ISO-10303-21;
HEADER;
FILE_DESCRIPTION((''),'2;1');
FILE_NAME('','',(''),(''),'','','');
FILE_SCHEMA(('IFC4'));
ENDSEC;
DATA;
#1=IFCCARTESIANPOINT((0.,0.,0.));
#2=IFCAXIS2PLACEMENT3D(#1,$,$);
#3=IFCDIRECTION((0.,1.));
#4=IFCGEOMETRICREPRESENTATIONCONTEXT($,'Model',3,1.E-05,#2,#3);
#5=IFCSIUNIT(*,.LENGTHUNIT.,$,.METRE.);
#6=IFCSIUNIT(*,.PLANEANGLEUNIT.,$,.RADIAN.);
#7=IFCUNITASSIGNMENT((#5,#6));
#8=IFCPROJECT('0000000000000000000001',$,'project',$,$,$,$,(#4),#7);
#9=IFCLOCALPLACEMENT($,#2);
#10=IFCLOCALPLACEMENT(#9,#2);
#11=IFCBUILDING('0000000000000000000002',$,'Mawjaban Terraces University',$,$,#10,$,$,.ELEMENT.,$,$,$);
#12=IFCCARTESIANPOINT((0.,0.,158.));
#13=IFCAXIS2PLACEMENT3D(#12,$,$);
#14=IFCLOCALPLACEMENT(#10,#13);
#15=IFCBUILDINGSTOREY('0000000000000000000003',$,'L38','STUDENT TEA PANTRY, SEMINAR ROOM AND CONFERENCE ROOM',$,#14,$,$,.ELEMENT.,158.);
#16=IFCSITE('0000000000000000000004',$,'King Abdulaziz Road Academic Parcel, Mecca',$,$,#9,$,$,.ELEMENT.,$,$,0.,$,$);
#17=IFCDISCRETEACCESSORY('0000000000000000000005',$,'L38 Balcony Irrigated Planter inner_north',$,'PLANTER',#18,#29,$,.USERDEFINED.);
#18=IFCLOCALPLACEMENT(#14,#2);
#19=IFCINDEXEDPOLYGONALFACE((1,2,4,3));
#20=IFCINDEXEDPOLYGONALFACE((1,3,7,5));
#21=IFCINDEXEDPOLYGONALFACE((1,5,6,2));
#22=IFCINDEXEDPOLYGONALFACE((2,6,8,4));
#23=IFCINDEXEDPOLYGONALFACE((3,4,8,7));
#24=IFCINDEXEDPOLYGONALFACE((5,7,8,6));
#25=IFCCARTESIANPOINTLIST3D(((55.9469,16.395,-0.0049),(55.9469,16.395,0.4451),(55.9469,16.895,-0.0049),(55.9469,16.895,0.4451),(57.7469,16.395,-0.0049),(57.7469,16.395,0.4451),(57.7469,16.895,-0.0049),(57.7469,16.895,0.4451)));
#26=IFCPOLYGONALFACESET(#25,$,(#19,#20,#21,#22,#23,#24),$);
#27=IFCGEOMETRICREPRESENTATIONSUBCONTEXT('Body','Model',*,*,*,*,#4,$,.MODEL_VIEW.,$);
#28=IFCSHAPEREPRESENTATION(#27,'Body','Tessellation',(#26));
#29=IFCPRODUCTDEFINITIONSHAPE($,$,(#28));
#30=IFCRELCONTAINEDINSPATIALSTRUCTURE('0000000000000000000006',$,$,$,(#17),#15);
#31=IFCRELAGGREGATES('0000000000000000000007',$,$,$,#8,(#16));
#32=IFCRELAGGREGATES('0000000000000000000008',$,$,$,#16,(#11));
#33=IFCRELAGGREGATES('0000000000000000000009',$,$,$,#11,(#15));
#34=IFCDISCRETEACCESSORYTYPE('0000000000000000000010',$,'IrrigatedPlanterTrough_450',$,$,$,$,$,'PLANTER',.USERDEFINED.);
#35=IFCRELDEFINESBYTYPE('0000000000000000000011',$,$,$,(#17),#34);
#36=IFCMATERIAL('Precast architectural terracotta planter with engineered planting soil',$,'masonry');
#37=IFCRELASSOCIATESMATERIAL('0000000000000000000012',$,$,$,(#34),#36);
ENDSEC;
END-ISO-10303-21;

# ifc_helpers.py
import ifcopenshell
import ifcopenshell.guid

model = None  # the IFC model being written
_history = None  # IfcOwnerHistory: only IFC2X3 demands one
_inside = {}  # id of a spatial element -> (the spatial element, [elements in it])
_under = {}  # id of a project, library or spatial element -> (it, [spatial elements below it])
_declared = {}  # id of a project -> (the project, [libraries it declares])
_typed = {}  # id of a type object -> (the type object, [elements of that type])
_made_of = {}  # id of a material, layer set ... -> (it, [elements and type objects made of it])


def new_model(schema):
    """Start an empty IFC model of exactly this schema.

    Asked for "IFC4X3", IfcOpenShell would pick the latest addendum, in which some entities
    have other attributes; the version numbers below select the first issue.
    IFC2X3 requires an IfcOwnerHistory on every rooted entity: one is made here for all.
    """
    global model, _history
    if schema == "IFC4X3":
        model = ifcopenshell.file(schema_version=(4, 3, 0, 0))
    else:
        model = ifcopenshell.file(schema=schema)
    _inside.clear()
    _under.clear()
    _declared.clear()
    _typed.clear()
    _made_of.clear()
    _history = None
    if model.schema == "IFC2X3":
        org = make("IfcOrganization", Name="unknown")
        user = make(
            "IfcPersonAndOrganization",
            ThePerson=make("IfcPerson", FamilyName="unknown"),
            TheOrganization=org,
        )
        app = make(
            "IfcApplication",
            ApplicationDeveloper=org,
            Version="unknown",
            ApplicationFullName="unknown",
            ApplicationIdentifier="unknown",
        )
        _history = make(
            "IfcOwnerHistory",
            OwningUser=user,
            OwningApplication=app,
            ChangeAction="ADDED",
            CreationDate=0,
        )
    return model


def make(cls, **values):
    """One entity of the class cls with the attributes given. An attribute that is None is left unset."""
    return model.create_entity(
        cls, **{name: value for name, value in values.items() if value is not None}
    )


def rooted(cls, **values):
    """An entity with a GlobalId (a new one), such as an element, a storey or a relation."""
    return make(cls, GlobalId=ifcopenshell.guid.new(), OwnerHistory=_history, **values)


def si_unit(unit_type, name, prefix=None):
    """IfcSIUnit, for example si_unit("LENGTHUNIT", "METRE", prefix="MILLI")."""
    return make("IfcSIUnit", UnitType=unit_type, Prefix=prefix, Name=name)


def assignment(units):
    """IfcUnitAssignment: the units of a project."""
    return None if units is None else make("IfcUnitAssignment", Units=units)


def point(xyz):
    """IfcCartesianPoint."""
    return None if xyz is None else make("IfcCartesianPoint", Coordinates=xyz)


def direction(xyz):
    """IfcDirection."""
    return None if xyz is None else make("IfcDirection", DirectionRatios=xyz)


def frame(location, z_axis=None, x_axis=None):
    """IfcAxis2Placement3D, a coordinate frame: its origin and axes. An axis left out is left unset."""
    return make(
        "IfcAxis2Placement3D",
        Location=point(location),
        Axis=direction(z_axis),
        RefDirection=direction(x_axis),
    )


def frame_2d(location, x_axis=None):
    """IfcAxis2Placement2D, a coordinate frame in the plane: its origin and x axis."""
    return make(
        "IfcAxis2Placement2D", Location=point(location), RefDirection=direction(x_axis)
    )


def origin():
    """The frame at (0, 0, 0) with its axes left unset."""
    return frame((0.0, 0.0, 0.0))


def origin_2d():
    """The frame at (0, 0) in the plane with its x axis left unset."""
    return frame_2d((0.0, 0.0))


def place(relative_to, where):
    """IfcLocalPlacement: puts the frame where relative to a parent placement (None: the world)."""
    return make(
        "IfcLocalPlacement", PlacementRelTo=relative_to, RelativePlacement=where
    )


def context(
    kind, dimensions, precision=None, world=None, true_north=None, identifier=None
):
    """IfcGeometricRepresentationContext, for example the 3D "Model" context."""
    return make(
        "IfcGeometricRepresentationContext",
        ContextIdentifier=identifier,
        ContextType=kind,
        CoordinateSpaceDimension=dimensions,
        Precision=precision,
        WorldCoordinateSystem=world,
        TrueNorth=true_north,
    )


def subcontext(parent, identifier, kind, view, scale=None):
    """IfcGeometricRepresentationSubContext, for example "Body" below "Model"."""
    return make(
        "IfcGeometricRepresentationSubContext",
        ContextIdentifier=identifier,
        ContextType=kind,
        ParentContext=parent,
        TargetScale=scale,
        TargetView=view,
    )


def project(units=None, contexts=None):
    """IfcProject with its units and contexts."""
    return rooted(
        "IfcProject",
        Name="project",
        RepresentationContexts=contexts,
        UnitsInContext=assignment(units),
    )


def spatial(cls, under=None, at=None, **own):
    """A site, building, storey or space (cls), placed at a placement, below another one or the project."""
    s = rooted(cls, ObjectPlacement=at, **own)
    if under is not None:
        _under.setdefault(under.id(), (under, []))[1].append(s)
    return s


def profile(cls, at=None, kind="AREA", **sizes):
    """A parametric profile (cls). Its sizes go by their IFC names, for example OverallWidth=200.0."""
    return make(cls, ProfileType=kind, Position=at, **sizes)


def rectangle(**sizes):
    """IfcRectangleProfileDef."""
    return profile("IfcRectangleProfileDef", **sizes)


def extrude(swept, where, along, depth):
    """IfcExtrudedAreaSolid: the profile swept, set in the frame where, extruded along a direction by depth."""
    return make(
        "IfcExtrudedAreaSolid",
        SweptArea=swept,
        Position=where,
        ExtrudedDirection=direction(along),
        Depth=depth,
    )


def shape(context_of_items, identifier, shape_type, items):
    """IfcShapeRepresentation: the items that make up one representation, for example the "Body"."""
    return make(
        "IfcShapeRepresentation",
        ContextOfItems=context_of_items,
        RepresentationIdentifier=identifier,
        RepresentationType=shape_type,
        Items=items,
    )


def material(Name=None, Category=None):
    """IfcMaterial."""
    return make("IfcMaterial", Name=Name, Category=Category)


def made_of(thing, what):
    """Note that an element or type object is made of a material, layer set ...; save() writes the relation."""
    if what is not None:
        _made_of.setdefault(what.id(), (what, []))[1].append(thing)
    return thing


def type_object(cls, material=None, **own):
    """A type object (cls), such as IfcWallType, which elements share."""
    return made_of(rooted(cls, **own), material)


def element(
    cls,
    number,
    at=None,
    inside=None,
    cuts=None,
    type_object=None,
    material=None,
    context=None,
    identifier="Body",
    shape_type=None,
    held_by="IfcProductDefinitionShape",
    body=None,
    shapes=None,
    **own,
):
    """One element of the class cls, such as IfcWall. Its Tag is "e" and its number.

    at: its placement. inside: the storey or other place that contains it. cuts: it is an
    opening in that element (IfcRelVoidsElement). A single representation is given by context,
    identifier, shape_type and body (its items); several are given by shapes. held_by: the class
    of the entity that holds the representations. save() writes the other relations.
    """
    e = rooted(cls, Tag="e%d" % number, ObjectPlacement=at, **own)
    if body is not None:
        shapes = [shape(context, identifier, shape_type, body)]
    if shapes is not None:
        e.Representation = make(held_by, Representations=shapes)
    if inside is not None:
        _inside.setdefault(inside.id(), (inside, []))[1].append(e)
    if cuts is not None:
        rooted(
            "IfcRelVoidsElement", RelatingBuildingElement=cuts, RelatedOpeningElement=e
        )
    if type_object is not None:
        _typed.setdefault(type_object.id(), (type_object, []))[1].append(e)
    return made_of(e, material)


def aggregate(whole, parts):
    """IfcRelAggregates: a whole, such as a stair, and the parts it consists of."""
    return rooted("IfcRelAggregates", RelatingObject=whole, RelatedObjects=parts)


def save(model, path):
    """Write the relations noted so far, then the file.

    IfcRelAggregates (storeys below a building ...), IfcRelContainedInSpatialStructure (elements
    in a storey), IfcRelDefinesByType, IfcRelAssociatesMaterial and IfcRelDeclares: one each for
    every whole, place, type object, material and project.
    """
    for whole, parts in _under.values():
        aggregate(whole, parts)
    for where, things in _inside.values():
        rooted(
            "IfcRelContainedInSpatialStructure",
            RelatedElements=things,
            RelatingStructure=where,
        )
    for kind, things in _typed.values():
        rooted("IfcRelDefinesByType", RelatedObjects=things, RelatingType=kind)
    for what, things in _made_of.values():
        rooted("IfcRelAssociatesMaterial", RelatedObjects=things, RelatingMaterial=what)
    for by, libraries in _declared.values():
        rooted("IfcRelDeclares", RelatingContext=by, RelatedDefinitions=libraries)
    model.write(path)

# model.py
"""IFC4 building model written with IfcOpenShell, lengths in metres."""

from ifc_helpers import new_model, si_unit, direction, frame, origin, origin_2d, place, context, subcontext, project, spatial, rectangle, extrude, material, type_object, element, save


model = new_model("IFC4")

# Units and contexts
model_context = context("Model", 3, precision=1e-05, world=origin(), true_north=direction((0.0, 1.0)))
body_context = subcontext(model_context, "Body", "Model", "MODEL_VIEW")
ifc_project = project(units=[si_unit("LENGTHUNIT", "METRE"), si_unit("PLANEANGLEUNIT", "RADIAN")], contexts=[model_context])

# Site, building, storey
site_placement = place(None, origin())
site = spatial("IfcSite", under=ifc_project, at=site_placement, Name="King Abdulaziz Road Academic Parcel, Mecca", CompositionType="ELEMENT", RefElevation=0.0)
building_placement = place(site_placement, origin())
building = spatial("IfcBuilding", under=site, at=building_placement, Name="Mawjaban Terraces University", CompositionType="ELEMENT")
storey_placement = place(building_placement, frame((0.0, 0.0, 158.0)))
storey = spatial("IfcBuildingStorey", under=building, at=storey_placement, Name="L38", Description="STUDENT TEA PANTRY, SEMINAR ROOM AND CONFERENCE ROOM", CompositionType="ELEMENT", Elevation=158.0)

# Discrete accessory
ifc_material_1 = material(Name="Precast architectural terracotta planter with engineered planting soil", Category="masonry")
discrete_accessory_type_1 = type_object("IfcDiscreteAccessoryType", Name="IrrigatedPlanterTrough_450", ElementType="PLANTER", PredefinedType="USERDEFINED", material=ifc_material_1)
discrete_accessory_1_placement = place(storey_placement, frame((56.8469, 16.645, -0.0049), z_axis=(0.0, 0.0, 1.0), x_axis=(1.0, 0.0, 0.0)))
element("IfcDiscreteAccessory", 1, at=discrete_accessory_1_placement, inside=storey, type_object=discrete_accessory_type_1, Name="L38 Balcony Irrigated Planter inner_north", ObjectType="PLANTER", PredefinedType="USERDEFINED", context=body_context, shape_type="SweptSolid", body=[
    extrude(rectangle(XDim=1.8, YDim=0.5, at=origin_2d()), origin(), (0.0, 0.0, 1.0), 0.45),
])

save(model, "model.ifc")
